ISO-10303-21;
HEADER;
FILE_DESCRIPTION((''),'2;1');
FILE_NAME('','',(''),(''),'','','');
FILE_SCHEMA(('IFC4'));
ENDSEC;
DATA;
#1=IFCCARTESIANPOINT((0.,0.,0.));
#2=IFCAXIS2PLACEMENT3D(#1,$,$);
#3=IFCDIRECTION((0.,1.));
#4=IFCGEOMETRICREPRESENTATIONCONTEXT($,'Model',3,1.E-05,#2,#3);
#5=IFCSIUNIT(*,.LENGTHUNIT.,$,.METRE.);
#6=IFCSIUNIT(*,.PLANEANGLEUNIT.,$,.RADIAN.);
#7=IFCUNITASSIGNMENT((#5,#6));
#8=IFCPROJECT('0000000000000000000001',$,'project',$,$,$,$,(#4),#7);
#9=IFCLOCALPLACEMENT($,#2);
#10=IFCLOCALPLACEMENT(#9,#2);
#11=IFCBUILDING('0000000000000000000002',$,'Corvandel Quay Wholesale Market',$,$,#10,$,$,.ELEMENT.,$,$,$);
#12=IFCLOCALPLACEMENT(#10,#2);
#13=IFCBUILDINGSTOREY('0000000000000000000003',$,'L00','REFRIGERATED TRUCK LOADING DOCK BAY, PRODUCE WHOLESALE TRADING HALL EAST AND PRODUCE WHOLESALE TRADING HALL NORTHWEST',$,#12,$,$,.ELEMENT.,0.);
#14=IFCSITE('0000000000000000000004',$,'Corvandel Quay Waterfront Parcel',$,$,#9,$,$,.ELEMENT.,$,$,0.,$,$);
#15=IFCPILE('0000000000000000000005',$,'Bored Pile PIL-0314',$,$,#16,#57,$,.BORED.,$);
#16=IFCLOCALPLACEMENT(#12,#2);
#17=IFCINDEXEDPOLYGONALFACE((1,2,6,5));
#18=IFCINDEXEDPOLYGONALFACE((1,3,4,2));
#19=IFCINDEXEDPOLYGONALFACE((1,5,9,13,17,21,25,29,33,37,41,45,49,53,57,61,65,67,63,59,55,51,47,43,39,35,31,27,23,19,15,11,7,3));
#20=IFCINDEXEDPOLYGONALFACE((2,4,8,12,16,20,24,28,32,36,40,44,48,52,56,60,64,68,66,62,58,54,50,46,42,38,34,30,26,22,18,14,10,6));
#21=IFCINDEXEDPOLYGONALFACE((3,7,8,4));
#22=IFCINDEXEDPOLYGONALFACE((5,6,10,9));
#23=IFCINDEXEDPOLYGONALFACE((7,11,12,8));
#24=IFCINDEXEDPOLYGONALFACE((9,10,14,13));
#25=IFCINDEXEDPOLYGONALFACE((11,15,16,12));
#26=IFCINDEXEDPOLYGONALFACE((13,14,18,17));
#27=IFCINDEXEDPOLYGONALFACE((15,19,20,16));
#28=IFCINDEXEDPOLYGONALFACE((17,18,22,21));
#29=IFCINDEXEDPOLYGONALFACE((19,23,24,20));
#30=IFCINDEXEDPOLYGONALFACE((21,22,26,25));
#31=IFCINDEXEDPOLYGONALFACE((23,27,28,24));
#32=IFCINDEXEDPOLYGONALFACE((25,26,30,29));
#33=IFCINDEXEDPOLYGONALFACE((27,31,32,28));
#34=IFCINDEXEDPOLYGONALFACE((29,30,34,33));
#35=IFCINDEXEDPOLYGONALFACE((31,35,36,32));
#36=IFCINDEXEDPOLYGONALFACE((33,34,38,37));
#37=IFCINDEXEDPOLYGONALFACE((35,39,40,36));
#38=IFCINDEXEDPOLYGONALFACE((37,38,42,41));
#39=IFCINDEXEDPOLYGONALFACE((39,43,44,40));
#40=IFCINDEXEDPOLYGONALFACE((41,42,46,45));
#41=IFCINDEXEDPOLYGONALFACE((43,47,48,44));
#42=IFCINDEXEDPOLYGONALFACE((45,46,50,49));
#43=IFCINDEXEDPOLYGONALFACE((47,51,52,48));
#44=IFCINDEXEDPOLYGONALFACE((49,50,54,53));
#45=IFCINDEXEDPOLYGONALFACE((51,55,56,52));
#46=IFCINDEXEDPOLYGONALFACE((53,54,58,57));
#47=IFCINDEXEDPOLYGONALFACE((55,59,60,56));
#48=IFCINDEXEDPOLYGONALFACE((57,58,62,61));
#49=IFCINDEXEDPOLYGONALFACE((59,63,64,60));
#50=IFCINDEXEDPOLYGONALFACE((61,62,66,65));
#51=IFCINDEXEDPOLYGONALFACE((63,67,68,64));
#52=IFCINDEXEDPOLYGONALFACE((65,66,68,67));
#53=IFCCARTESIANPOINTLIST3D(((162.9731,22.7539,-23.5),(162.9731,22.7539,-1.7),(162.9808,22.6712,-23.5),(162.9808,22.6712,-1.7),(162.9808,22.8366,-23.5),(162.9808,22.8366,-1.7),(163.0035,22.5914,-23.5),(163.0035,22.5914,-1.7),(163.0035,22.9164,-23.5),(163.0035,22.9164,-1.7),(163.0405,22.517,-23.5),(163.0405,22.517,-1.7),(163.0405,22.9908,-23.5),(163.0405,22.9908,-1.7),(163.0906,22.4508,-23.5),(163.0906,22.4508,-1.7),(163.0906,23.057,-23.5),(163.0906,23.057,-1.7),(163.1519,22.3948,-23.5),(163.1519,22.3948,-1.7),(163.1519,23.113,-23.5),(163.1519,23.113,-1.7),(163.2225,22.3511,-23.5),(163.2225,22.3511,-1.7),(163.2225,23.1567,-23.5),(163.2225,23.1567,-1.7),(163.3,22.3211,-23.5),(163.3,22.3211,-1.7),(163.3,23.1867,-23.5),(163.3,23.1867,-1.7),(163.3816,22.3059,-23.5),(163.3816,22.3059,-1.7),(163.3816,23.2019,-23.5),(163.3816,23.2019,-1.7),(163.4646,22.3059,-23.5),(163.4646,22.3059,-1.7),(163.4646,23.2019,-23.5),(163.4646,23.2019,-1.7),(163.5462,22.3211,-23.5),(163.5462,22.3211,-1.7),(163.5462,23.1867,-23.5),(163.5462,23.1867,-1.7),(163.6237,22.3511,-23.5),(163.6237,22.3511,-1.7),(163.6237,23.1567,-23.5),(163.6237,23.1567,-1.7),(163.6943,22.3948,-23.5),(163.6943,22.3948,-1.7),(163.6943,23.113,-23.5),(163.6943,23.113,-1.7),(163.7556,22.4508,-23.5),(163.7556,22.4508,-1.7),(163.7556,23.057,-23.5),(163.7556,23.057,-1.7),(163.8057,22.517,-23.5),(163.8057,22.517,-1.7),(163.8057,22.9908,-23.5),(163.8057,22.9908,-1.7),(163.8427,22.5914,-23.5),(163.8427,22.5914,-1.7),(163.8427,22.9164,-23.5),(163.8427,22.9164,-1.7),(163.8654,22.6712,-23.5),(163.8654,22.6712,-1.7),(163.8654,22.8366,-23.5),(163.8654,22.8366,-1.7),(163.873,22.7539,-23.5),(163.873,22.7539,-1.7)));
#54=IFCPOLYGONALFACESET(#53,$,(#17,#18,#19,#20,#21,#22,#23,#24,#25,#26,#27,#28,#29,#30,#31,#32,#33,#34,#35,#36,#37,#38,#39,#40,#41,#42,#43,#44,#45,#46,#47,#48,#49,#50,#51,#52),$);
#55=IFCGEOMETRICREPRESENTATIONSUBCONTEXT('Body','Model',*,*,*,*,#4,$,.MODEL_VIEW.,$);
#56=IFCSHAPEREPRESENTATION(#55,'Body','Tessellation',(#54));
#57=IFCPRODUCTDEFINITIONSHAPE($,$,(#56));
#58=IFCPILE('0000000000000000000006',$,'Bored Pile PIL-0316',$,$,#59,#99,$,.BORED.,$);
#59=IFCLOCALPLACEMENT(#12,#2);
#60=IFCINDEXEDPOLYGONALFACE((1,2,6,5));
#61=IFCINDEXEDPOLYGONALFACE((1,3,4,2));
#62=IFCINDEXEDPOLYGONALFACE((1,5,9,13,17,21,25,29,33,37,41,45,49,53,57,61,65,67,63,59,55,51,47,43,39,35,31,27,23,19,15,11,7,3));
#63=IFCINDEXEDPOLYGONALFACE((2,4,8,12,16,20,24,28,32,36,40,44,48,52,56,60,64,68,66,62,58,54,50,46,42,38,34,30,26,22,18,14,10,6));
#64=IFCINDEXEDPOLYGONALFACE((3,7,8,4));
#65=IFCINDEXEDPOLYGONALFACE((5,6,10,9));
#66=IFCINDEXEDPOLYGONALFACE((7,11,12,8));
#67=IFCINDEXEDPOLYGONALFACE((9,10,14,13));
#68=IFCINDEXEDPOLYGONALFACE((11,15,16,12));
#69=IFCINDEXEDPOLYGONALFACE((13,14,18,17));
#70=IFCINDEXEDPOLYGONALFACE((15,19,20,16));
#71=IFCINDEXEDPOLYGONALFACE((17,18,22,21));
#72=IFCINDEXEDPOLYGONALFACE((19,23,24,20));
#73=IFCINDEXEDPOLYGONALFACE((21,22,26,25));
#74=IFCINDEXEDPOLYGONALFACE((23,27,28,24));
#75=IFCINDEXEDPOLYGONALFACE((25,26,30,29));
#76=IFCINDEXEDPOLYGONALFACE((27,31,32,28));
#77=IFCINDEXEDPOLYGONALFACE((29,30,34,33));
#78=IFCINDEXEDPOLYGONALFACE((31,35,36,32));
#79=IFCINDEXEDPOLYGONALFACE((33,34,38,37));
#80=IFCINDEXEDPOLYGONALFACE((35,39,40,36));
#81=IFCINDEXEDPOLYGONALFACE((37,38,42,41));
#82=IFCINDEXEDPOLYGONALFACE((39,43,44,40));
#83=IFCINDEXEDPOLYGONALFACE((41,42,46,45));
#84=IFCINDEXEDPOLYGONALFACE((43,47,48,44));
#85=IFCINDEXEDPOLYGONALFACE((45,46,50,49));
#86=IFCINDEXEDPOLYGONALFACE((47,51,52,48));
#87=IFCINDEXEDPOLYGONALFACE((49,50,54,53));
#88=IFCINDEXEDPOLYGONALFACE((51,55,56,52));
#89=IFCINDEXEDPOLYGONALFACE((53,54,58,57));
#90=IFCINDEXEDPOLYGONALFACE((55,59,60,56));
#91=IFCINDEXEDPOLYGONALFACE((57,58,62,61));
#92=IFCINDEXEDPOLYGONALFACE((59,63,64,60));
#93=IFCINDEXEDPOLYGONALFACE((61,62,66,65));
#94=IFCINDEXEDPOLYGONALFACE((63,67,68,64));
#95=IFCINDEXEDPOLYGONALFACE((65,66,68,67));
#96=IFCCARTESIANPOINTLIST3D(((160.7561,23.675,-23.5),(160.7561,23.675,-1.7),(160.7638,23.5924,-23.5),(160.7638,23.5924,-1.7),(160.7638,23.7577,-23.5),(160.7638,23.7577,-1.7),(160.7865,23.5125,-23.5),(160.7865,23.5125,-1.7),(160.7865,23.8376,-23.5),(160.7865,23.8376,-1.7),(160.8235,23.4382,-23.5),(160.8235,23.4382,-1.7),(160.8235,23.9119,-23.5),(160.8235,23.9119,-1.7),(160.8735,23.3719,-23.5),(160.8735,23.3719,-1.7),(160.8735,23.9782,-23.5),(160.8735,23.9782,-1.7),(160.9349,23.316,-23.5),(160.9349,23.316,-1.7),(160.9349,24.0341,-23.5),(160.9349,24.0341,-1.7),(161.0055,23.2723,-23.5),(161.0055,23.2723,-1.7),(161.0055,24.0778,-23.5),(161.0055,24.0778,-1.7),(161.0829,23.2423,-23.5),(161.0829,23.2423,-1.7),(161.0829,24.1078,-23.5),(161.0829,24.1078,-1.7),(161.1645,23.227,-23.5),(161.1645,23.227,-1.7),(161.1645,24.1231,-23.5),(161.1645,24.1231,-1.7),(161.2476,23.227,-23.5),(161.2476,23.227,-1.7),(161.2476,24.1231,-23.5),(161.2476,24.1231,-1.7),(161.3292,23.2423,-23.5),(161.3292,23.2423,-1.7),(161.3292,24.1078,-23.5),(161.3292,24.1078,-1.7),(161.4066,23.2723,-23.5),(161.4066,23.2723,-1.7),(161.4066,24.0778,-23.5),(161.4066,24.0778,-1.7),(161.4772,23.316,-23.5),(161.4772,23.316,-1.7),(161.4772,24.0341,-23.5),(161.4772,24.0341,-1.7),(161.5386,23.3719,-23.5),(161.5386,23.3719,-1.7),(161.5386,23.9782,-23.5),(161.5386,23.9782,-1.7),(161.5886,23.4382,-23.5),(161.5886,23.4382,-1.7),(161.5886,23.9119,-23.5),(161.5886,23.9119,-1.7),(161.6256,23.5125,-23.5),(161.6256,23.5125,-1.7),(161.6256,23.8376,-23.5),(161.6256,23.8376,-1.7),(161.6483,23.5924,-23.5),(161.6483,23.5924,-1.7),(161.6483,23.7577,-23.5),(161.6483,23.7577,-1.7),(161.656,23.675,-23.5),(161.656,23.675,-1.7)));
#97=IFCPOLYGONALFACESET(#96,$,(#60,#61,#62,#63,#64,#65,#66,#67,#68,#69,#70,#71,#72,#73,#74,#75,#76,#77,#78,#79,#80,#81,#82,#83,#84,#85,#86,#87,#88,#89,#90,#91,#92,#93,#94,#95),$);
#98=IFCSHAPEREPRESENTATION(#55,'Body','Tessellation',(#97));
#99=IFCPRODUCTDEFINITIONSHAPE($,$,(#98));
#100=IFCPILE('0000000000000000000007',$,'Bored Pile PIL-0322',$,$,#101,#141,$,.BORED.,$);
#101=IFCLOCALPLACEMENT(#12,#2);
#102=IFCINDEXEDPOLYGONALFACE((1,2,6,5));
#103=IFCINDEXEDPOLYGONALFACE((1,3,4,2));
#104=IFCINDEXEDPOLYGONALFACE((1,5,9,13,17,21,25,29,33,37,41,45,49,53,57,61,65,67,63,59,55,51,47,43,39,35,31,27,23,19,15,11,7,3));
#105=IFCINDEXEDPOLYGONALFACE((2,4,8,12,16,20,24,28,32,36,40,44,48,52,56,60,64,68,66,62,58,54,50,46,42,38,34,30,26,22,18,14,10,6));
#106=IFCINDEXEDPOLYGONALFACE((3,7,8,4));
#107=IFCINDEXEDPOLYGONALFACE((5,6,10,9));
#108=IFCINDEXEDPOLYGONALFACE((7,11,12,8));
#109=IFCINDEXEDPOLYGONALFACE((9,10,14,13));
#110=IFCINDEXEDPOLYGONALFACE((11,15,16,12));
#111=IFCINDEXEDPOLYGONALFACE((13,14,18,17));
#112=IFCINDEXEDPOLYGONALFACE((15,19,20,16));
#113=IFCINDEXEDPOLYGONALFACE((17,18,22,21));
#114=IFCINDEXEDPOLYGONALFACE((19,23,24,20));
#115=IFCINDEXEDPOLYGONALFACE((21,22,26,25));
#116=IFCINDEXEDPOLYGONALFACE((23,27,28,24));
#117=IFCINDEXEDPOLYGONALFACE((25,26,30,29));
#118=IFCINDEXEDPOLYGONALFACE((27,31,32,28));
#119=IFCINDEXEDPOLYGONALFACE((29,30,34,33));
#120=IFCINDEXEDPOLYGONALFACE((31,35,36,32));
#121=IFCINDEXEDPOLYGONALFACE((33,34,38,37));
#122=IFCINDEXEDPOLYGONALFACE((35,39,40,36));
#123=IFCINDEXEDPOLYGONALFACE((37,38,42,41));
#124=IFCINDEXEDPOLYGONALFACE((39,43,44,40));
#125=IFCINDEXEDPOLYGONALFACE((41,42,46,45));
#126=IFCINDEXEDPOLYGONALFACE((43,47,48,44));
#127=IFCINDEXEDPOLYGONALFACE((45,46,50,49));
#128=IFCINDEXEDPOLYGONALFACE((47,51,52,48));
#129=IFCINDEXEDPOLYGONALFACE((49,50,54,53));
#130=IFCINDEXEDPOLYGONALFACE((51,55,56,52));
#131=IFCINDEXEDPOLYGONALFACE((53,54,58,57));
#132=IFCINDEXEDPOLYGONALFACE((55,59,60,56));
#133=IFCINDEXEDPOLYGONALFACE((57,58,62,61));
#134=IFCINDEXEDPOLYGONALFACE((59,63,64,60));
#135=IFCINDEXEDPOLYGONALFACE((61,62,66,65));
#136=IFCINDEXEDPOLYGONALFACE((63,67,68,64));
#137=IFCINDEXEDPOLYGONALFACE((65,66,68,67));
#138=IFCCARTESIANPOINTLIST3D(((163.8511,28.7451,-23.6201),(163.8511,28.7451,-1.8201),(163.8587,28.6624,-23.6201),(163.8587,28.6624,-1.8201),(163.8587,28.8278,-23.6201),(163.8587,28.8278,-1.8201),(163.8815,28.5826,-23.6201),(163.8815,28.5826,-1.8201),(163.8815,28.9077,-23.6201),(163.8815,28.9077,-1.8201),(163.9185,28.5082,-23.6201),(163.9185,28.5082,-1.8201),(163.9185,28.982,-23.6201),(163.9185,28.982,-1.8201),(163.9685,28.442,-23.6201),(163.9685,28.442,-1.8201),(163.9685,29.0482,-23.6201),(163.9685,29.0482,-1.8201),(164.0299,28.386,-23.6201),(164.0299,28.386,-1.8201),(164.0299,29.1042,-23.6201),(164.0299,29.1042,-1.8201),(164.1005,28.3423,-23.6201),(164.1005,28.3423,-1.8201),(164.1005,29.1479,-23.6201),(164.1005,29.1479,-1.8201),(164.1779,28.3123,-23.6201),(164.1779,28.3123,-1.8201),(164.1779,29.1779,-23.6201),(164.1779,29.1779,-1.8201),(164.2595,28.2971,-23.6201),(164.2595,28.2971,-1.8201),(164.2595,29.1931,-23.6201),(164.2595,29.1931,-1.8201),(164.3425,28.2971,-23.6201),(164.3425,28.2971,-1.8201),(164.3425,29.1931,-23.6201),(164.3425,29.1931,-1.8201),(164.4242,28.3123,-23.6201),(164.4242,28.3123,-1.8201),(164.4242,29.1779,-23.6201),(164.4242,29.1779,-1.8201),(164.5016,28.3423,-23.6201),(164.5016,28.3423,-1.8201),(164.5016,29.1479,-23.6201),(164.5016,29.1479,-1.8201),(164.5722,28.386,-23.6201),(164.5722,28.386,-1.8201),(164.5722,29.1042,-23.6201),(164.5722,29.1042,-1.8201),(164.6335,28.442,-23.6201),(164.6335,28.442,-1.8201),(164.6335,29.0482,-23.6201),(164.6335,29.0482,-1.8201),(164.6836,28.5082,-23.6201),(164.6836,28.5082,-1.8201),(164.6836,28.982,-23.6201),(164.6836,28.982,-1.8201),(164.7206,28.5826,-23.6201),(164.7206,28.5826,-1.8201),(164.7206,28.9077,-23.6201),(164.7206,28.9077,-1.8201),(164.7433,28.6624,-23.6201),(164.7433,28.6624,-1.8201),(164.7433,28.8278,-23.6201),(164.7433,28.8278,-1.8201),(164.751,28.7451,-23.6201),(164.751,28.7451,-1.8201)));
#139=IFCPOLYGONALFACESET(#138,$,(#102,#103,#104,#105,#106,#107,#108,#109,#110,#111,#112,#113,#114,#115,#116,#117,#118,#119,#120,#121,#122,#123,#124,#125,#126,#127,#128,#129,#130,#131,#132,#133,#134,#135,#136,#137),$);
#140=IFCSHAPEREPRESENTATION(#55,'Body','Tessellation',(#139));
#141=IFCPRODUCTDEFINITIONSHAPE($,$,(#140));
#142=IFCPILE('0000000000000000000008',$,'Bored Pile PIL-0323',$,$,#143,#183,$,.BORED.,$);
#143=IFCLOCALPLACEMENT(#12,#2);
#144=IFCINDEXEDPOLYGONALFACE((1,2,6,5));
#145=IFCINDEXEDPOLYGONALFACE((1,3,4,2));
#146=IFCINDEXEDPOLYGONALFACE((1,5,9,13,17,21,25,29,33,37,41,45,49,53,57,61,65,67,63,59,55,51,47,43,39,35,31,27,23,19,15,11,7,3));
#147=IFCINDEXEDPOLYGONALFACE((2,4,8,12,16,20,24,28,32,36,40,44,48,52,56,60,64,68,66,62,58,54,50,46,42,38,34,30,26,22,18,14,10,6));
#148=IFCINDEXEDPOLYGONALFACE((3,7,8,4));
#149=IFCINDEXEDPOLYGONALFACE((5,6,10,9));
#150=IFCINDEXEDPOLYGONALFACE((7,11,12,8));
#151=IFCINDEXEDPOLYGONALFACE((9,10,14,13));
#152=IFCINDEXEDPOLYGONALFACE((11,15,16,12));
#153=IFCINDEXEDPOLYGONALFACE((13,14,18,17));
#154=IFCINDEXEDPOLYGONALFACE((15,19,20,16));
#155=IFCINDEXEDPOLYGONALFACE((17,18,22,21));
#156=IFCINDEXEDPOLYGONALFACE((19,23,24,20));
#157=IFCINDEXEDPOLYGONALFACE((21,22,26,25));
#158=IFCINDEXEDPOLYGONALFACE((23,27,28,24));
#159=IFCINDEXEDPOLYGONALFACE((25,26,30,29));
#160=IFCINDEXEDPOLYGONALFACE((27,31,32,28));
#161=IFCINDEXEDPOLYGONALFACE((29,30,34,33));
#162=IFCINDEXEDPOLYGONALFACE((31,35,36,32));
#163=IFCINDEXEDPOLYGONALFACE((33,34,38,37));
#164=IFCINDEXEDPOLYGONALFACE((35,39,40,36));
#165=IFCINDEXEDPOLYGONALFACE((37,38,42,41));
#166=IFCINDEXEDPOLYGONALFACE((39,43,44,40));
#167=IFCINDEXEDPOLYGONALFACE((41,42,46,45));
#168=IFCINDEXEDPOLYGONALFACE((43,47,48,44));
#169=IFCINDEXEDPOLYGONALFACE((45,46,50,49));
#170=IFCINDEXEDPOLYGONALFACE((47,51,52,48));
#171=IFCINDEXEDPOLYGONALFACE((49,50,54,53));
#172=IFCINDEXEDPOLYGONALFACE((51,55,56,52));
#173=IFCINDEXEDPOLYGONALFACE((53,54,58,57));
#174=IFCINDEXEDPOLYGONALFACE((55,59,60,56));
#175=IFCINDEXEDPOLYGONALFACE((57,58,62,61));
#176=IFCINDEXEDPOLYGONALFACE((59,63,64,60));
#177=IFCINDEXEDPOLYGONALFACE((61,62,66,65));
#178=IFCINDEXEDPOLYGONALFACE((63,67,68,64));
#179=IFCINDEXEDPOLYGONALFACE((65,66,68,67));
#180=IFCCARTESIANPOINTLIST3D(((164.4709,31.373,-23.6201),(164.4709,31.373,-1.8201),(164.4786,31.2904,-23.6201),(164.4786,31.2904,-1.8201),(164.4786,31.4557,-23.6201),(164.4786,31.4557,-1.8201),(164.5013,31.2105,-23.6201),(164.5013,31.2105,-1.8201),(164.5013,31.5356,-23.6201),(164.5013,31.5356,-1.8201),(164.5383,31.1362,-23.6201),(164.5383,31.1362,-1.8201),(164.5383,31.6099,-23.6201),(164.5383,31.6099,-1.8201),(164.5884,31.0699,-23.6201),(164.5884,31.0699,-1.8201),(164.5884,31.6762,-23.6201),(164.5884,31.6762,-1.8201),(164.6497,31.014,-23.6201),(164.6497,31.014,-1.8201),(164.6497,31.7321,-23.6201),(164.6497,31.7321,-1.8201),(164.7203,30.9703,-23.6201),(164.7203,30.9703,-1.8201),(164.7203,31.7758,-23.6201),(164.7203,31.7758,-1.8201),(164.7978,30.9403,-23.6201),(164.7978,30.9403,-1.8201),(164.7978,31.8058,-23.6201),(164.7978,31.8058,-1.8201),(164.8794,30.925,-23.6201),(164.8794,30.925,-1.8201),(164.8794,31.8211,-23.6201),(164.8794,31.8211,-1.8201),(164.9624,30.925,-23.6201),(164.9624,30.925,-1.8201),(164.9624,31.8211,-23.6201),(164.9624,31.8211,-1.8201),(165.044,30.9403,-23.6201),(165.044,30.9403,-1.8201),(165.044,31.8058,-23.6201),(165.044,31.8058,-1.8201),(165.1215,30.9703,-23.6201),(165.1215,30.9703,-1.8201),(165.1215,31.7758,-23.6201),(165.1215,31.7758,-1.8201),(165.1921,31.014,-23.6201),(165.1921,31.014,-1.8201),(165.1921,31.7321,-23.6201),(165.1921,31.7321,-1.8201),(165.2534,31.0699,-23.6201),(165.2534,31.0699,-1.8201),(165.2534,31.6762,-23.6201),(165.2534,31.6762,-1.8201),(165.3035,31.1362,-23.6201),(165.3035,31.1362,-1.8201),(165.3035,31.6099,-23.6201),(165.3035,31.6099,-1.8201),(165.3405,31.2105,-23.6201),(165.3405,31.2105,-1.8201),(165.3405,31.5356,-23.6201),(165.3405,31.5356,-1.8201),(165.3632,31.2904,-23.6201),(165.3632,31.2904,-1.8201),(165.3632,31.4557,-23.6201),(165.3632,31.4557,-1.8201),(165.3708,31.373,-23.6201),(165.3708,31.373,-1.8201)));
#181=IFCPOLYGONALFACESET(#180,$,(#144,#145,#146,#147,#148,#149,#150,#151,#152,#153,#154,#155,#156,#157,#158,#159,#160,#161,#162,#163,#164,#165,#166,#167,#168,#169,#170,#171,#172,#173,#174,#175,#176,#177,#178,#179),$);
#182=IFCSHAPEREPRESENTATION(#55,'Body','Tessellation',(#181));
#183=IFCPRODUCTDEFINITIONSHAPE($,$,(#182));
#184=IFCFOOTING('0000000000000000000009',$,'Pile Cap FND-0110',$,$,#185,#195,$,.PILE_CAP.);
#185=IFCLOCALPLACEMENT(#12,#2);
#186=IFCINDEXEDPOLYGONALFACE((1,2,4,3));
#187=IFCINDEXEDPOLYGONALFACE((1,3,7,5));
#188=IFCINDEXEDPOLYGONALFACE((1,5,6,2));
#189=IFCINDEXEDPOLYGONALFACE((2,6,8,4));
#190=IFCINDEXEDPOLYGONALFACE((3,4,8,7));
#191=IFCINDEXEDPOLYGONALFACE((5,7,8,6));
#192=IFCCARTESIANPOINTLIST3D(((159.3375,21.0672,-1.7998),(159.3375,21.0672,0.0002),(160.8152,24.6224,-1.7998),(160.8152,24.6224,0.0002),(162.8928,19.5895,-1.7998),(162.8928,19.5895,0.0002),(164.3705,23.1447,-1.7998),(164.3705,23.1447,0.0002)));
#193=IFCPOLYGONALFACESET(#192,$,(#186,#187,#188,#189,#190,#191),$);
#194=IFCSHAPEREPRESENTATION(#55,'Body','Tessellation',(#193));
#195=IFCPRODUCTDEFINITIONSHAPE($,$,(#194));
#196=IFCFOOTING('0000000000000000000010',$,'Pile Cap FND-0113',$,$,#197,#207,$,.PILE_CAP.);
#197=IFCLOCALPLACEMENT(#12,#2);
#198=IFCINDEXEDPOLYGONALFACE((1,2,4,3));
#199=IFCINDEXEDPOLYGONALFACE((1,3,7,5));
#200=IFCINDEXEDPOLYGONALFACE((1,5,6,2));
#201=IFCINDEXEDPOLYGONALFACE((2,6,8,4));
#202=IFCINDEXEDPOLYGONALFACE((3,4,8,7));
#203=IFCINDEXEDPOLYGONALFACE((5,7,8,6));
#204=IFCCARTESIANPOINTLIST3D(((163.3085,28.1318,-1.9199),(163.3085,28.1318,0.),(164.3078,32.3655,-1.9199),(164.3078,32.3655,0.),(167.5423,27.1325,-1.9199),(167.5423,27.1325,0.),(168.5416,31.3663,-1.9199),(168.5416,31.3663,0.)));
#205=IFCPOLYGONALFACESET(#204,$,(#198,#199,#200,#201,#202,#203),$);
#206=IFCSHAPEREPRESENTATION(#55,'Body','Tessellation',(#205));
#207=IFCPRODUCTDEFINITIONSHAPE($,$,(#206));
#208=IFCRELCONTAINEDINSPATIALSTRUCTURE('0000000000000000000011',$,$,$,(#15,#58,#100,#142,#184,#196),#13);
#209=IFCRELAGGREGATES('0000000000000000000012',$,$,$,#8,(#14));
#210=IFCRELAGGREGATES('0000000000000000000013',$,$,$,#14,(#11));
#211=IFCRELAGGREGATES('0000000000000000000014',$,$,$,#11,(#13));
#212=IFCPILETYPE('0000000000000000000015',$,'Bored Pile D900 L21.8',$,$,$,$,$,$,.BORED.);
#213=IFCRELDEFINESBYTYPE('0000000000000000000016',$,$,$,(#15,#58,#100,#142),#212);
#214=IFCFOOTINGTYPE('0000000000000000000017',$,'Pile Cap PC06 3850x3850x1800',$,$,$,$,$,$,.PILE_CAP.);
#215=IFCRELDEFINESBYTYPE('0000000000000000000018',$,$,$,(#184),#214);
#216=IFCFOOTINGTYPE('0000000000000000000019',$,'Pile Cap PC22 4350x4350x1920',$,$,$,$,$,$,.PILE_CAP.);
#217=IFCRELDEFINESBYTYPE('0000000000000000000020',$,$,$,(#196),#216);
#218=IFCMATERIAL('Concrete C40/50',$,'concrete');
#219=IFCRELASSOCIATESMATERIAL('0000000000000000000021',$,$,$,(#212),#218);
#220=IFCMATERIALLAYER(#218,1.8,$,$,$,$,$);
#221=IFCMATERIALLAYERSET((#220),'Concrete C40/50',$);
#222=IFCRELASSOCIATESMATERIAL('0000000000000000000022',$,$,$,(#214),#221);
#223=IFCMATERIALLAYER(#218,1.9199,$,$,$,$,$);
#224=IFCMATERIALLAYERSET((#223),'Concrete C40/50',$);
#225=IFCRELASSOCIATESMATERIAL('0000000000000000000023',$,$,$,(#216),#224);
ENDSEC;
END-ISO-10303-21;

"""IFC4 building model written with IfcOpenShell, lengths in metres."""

from ifc_helpers import new_model, si_unit, direction, frame, origin, origin_2d, place, context, subcontext, project, spatial, rectangle, circle, extrude, material, layer, layer_set, material_profile, profile_set, type_object, element, save


model = new_model("IFC4")

# Units and contexts
model_context = context("Model", 3, precision=1e-05, world=origin(), true_north=direction((0.0, 1.0)))
body_context = subcontext(model_context, "Body", "Model", "MODEL_VIEW")
ifc_project = project(units=[si_unit("LENGTHUNIT", "METRE"), si_unit("PLANEANGLEUNIT", "RADIAN")], contexts=[model_context])

# Site, building, storey
site_placement = place(None, origin())
site = spatial("IfcSite", under=ifc_project, at=site_placement, Name="Corvandel Quay Waterfront Parcel", CompositionType="ELEMENT", RefElevation=0.0)
building_placement = place(site_placement, origin())
building = spatial("IfcBuilding", under=site, at=building_placement, Name="Corvandel Quay Wholesale Market", CompositionType="ELEMENT")
storey_placement = place(building_placement, origin())
storey = spatial("IfcBuildingStorey", under=building, at=storey_placement, Name="L00", Description="REFRIGERATED TRUCK LOADING DOCK BAY, PRODUCE WHOLESALE TRADING HALL EAST AND PRODUCE WHOLESALE TRADING HALL NORTHWEST", CompositionType="ELEMENT", Elevation=0.0)

# Piles
ifc_material_1 = material(Name="Concrete C40/50", Category="concrete")
ifc_material_profile_1 = material_profile(ifc_material_1, circle(Radius=0.45, at=origin_2d()), Name="RC-PILE-D900")
ifc_profile_set_1 = profile_set([ifc_material_profile_1], Name="Concrete C40/50")
pile_type = type_object("IfcPileType", Name="Bored Pile D900 L21.8", PredefinedType="BORED", material=ifc_profile_set_1)
for number, where, z_axis, x_axis, name in (
    (1, (163.4231, 22.7539, -1.7), (0.0, 0.0, -1.0), (1.0, 0.0, 0.0), "Bored Pile PIL-0314"),
    (2, (161.2061, 23.675, -1.7), (0.0, 0.0, -1.0), (1.0, 0.0, 0.0), "Bored Pile PIL-0316"),
    (3, (164.301, 28.7451, -1.8201), (0.0, 0.0, -1.0), (1.0, 0.0, 0.0), "Bored Pile PIL-0322"),
    (4, (164.9209, 31.373, -1.8201), (0.0, 0.0, -1.0), (1.0, 0.0, 0.0), "Bored Pile PIL-0323"),
):
    element("IfcPile", number, at=place(storey_placement, frame(where, z_axis=z_axis, x_axis=x_axis)), inside=storey, type_object=pile_type, Name=name, PredefinedType="BORED", context=body_context, shape_type="SweptSolid", body=[
        extrude(circle(Radius=0.45, at=origin_2d()), origin(), (0.0, 0.0, 1.0), 21.8),
    ])

# Footings
ifc_layer_1 = layer(ifc_material_1, 1.8)
ifc_layer_set_1 = layer_set([ifc_layer_1], Name="Concrete C40/50")
footing_type_1 = type_object("IfcFootingType", Name="Pile Cap PC06 3850x3850x1800", PredefinedType="PILE_CAP", material=ifc_layer_set_1)
footing_1_placement = place(storey_placement, frame((161.854, 22.106, -1.7998), z_axis=(0.0, 0.0, 1.0), x_axis=(0.383812, 0.923411, 0.0)))
element("IfcFooting", 5, at=footing_1_placement, inside=storey, type_object=footing_type_1, Name="Pile Cap FND-0110", PredefinedType="PILE_CAP", context=body_context, shape_type="SweptSolid", body=[
    extrude(rectangle(XDim=3.8501, YDim=3.8501, at=origin_2d()), origin(), (0.0, 0.0, 1.0), 1.8),
])
ifc_layer_2 = layer(ifc_material_1, 1.9199)
ifc_layer_set_2 = layer_set([ifc_layer_2], Name="Concrete C40/50")
footing_type_2 = type_object("IfcFootingType", Name="Pile Cap PC22 4350x4350x1920", PredefinedType="PILE_CAP", material=ifc_layer_set_2)
footing_2_placement = place(storey_placement, frame((165.925, 29.749, -1.9199), z_axis=(0.0, 0.0, 1.0), x_axis=(0.22971, 0.973259, 0.0)))
element("IfcFooting", 6, at=footing_2_placement, inside=storey, type_object=footing_type_2, Name="Pile Cap FND-0113", PredefinedType="PILE_CAP", context=body_context, shape_type="SweptSolid", body=[
    extrude(rectangle(XDim=4.3501, YDim=4.3501, at=origin_2d()), origin(), (0.0, 0.0, 1.0), 1.9199),
])

save(model, "model.ifc")
